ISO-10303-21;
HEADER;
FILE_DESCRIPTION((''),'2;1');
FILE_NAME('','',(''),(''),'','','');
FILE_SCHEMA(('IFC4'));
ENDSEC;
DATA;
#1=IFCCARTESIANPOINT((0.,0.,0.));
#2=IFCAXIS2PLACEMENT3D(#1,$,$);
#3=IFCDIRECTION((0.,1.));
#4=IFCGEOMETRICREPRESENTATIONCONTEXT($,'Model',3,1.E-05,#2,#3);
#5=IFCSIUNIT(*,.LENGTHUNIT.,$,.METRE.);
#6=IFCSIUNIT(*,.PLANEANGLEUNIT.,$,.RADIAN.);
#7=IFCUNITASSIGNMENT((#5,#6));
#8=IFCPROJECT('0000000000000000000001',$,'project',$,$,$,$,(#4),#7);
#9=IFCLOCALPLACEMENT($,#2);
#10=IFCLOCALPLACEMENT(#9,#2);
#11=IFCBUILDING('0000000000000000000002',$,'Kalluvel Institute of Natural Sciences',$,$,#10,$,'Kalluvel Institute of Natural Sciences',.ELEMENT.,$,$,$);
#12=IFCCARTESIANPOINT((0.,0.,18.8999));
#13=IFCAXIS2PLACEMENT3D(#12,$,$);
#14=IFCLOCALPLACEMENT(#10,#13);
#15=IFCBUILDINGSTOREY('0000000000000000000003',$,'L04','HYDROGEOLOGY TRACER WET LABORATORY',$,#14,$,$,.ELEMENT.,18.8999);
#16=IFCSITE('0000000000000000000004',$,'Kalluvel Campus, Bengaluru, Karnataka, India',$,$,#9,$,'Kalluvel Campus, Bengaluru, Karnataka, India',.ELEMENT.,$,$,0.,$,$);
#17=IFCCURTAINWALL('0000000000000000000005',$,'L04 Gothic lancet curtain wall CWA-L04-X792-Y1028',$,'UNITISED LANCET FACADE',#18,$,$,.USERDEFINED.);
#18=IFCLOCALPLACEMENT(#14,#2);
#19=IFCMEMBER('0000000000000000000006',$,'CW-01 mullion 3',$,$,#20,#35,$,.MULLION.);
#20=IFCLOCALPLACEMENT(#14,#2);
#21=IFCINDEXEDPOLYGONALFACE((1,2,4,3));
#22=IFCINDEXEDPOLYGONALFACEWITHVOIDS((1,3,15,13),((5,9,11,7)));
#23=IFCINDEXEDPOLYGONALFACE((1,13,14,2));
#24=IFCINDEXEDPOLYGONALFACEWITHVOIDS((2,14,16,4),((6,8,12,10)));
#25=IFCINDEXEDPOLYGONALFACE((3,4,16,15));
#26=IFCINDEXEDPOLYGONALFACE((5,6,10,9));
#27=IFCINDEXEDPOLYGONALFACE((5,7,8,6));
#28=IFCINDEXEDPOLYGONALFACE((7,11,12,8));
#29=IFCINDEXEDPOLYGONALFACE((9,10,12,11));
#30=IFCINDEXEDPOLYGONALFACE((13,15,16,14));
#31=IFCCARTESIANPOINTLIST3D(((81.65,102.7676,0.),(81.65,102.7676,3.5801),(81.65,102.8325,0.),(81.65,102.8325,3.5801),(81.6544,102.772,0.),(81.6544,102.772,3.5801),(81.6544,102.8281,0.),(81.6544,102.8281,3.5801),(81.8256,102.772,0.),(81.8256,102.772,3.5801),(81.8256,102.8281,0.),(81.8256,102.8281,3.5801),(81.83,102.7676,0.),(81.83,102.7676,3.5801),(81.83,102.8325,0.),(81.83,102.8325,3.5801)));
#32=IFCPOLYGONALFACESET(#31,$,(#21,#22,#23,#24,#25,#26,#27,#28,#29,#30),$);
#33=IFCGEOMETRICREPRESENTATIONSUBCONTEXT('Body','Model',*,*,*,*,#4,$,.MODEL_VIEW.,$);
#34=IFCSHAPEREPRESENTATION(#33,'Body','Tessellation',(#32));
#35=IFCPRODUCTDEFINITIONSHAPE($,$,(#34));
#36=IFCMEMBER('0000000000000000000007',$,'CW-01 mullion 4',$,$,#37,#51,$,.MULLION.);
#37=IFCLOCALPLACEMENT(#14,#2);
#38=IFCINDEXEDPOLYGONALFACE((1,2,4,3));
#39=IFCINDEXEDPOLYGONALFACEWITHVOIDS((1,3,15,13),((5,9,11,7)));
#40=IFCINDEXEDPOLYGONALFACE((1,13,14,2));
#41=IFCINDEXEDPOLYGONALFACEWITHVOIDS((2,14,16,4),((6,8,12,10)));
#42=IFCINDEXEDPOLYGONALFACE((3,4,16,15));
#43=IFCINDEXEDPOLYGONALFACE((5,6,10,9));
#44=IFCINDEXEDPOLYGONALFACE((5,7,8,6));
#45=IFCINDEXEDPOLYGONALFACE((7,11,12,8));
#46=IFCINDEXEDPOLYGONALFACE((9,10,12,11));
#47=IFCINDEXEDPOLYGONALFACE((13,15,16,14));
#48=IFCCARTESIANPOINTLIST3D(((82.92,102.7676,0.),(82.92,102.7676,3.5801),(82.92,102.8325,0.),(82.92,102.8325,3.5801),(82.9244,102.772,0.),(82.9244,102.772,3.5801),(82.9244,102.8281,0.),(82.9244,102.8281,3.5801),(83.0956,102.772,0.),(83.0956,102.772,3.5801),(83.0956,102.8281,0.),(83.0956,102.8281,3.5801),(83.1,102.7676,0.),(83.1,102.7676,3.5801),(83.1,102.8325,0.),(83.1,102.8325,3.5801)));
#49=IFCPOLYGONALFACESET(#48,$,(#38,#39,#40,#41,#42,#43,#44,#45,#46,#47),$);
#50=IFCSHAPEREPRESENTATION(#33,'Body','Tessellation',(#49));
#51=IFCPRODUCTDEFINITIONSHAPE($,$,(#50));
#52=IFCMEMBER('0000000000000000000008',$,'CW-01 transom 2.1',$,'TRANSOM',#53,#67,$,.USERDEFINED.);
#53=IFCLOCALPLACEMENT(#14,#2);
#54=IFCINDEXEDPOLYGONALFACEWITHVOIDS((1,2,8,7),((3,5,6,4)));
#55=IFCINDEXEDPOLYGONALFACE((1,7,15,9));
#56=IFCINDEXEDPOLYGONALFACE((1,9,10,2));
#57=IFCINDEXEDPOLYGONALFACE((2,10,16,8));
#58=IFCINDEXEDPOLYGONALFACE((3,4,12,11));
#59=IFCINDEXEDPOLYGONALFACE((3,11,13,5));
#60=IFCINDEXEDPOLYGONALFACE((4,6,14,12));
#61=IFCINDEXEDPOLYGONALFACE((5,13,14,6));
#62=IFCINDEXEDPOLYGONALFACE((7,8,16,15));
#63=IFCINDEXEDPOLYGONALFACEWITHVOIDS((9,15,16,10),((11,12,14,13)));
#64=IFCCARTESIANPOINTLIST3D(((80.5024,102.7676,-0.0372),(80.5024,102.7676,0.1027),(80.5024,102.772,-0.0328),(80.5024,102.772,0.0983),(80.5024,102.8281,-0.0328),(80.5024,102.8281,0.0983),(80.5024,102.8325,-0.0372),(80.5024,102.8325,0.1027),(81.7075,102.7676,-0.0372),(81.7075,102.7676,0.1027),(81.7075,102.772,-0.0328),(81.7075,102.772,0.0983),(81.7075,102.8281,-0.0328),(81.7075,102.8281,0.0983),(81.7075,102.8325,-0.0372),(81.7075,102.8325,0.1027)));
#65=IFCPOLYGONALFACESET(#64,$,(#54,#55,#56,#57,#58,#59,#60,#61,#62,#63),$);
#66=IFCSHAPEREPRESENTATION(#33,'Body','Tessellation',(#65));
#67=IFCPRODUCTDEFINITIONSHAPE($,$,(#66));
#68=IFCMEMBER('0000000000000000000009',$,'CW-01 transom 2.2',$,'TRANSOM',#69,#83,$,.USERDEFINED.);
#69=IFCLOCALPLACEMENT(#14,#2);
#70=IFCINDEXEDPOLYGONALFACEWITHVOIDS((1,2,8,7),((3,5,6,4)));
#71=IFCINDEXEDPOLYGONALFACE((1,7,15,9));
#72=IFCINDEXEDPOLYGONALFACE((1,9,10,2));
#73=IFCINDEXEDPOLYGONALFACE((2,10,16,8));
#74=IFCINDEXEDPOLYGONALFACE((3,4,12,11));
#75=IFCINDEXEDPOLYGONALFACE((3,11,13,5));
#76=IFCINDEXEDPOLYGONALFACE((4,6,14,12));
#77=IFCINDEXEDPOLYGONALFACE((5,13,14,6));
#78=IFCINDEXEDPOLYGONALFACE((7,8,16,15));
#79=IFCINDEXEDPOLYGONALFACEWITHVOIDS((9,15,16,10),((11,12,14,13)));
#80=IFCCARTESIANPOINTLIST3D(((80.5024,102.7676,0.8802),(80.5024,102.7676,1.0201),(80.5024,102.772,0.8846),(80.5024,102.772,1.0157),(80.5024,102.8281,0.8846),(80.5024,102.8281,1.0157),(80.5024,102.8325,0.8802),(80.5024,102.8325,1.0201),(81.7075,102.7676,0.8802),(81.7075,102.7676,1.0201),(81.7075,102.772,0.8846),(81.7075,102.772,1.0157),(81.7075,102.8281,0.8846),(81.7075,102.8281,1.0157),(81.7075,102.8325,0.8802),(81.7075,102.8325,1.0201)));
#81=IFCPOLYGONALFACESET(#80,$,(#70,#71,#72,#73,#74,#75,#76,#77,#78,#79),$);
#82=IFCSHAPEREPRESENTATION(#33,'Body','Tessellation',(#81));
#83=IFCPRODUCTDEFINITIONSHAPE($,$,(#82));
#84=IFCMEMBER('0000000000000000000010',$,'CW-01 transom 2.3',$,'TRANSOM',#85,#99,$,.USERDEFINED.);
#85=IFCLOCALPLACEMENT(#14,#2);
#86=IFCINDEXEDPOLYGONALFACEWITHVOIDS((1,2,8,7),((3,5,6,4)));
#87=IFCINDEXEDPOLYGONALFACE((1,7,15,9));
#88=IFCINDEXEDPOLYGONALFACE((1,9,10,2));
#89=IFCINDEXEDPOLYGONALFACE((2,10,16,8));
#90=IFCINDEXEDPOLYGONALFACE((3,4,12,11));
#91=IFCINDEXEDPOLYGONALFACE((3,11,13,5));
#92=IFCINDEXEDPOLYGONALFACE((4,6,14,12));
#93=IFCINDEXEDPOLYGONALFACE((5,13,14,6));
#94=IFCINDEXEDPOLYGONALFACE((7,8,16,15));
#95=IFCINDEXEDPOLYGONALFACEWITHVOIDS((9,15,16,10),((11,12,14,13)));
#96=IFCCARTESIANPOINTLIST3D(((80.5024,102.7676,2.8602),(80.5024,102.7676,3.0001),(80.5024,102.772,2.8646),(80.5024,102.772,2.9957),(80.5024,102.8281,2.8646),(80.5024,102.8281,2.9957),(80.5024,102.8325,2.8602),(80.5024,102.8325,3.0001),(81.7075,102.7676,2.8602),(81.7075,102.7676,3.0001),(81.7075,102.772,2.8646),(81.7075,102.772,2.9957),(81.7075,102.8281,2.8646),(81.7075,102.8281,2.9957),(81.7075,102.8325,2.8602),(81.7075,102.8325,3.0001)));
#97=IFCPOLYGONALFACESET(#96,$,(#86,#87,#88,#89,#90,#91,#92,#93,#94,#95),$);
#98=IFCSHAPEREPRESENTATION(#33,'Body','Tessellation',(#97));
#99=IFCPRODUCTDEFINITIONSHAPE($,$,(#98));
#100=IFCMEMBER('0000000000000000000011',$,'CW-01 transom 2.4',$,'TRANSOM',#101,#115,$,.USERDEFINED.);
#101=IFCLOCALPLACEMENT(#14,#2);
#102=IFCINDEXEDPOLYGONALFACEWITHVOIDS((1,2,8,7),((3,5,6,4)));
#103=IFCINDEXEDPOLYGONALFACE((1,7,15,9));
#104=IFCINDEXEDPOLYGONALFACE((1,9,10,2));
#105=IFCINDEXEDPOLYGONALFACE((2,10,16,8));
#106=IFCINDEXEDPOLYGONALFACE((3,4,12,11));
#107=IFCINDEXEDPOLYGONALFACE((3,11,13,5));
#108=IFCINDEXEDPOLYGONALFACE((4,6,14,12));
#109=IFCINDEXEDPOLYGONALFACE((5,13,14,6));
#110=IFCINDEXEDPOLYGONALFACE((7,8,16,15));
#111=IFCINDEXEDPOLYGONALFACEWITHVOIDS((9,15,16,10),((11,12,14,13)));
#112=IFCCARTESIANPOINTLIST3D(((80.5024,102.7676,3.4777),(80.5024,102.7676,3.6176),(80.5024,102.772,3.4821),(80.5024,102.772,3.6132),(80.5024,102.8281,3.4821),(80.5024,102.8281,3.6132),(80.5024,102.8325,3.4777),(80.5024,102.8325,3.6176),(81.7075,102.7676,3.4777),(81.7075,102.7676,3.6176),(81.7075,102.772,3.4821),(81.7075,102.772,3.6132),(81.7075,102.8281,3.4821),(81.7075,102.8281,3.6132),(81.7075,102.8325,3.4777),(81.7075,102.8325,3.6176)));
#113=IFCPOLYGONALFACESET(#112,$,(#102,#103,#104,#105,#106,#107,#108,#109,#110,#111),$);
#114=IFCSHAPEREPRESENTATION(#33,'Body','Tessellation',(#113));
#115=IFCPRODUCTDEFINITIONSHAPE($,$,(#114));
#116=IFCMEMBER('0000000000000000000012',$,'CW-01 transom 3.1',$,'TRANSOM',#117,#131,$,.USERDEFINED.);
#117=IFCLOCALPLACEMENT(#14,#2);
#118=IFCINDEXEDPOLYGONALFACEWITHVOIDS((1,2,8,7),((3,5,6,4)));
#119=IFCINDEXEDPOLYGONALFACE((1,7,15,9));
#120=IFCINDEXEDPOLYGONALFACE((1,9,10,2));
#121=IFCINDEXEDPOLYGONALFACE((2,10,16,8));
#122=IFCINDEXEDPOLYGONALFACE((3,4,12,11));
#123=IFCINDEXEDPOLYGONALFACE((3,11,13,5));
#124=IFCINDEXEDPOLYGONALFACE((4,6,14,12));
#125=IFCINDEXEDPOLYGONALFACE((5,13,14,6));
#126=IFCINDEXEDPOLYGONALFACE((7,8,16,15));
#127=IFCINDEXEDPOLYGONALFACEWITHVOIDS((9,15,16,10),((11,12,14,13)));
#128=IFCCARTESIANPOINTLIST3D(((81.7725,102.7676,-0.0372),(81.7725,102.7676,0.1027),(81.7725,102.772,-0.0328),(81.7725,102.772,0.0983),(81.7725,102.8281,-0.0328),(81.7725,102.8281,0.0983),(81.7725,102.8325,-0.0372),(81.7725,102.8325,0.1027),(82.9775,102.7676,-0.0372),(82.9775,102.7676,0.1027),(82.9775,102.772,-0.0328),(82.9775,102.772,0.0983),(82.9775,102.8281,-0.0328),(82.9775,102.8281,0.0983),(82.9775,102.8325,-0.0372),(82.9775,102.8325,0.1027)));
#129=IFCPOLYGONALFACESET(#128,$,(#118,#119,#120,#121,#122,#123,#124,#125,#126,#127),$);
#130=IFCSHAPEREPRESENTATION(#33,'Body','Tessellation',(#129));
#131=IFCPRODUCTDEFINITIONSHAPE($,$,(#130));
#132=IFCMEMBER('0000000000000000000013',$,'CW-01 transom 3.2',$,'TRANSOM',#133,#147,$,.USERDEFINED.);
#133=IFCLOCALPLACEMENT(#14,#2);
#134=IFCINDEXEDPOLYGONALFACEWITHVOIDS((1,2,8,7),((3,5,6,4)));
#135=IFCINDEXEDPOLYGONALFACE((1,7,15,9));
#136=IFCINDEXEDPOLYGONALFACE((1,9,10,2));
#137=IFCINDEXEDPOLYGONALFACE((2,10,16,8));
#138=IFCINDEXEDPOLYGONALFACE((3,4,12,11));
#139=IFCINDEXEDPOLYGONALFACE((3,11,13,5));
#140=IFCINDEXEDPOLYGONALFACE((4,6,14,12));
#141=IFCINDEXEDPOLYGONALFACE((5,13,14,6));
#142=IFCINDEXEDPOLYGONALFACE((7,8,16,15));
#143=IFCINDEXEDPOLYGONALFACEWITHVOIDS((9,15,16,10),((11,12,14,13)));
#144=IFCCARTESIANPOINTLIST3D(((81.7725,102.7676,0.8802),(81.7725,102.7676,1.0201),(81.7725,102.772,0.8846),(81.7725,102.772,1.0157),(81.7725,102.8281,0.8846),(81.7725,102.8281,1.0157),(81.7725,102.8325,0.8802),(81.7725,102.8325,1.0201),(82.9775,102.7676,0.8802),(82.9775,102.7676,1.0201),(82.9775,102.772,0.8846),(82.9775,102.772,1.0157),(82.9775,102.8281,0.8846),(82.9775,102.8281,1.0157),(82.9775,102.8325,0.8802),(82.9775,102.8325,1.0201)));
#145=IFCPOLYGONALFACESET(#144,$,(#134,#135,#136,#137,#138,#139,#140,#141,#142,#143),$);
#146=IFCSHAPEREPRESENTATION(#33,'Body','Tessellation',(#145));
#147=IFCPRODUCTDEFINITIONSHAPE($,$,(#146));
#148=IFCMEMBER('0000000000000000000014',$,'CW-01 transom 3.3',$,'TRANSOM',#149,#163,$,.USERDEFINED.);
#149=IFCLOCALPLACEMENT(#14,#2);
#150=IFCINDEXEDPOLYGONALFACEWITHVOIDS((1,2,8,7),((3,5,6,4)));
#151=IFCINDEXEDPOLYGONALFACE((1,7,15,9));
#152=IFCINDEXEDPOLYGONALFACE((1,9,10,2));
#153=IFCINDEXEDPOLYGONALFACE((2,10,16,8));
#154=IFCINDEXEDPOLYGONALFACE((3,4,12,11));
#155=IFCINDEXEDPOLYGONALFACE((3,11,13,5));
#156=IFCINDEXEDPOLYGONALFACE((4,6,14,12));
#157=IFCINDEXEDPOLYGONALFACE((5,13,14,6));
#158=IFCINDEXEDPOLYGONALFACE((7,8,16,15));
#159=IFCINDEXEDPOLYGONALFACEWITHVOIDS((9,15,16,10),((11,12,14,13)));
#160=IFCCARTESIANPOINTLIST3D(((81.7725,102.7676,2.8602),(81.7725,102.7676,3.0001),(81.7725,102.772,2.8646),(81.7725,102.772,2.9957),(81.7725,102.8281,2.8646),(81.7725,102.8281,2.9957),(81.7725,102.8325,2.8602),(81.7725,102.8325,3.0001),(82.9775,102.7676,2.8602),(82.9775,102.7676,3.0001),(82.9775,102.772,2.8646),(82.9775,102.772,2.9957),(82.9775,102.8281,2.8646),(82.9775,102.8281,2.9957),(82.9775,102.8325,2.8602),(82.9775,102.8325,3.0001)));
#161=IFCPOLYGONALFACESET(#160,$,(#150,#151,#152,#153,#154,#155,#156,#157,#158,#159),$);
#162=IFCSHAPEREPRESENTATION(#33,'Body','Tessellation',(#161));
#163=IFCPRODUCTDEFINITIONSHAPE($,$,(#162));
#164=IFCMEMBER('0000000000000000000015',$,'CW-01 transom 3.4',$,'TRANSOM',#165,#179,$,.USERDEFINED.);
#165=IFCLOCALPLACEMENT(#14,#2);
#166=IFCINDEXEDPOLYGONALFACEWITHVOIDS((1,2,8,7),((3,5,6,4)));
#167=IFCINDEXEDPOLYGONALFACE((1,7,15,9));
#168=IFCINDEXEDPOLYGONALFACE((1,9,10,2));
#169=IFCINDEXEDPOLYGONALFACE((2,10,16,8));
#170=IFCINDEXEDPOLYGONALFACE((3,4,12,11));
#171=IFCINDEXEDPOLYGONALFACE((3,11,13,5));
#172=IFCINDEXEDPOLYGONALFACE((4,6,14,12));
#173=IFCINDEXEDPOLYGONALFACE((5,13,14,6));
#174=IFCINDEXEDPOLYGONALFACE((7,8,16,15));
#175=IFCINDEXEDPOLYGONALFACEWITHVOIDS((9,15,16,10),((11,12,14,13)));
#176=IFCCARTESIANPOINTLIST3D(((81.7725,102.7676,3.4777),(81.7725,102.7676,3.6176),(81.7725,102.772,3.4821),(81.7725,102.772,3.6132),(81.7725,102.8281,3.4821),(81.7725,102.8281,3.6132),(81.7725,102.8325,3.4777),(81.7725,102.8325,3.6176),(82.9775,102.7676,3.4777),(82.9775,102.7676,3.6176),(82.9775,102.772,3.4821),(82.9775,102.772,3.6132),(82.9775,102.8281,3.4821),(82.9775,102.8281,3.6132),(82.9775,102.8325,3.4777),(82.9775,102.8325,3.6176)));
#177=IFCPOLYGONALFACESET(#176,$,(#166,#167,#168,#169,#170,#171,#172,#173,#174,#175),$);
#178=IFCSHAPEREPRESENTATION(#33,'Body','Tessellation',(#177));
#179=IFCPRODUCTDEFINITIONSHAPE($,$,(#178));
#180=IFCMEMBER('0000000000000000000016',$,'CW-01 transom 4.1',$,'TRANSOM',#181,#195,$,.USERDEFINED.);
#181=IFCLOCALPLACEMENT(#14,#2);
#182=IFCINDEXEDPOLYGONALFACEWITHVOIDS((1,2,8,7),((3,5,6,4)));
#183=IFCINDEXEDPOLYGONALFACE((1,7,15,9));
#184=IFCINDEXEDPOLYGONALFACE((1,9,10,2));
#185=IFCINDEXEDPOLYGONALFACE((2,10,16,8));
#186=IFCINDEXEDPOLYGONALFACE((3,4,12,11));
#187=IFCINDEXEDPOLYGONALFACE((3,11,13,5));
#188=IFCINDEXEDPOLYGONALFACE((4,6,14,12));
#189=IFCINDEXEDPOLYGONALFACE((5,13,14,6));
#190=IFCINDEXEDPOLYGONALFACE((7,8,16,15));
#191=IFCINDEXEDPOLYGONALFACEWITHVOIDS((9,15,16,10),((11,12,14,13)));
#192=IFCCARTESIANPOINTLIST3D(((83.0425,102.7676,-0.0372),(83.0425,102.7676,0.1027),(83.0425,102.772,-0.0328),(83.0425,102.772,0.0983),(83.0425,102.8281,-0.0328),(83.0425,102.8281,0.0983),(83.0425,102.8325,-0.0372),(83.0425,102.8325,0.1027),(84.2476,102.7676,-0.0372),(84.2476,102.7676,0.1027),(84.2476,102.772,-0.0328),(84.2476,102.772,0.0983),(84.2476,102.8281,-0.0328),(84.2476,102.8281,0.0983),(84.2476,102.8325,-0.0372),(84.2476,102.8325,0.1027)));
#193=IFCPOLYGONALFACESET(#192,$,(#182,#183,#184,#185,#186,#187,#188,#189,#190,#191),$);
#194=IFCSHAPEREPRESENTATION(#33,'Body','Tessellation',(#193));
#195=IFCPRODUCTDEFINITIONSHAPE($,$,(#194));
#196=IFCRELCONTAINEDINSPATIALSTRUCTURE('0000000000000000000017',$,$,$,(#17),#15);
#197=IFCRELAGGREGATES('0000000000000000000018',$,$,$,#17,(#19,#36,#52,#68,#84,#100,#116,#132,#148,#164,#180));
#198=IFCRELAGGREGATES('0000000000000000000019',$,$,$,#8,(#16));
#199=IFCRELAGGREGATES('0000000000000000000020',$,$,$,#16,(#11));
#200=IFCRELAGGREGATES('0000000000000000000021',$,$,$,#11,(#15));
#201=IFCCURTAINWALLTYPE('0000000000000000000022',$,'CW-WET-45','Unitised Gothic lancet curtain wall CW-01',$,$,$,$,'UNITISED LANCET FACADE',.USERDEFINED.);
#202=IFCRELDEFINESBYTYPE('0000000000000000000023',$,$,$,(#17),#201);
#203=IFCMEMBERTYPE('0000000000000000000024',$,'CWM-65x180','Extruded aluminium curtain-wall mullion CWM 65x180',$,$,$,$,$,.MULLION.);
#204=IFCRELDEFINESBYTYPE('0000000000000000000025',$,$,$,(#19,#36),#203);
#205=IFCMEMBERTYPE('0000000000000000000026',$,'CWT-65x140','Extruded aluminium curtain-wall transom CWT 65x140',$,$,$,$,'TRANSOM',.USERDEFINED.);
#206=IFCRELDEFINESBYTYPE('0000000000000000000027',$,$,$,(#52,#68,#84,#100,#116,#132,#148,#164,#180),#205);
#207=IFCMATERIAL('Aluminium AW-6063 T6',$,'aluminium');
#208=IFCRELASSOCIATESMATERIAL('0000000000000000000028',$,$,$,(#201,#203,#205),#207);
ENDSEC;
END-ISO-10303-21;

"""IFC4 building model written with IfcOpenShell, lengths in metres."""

from ifc_helpers import new_model, si_unit, direction, frame, origin, origin_2d, place, context, subcontext, project, spatial, hollow_rectangle, extrude, material, material_profile, profile_set, type_object, element, aggregate, save


model = new_model("IFC4")

# Units and contexts
model_context = context("Model", 3, precision=1e-05, world=origin(), true_north=direction((0.0, 1.0)))
body_context = subcontext(model_context, "Body", "Model", "MODEL_VIEW")
ifc_project = project(units=[si_unit("LENGTHUNIT", "METRE"), si_unit("PLANEANGLEUNIT", "RADIAN")], contexts=[model_context])

# Site, building, storey
site_placement = place(None, origin())
site = spatial("IfcSite", under=ifc_project, at=site_placement, Name="Kalluvel Campus, Bengaluru, Karnataka, India", LongName="Kalluvel Campus, Bengaluru, Karnataka, India", CompositionType="ELEMENT", RefElevation=0.0)
building_placement = place(site_placement, origin())
building = spatial("IfcBuilding", under=site, at=building_placement, Name="Kalluvel Institute of Natural Sciences", LongName="Kalluvel Institute of Natural Sciences", CompositionType="ELEMENT")
storey_placement = place(building_placement, frame((0.0, 0.0, 18.8999)))
storey = spatial("IfcBuildingStorey", under=building, at=storey_placement, Name="L04", Description="HYDROGEOLOGY TRACER WET LABORATORY", CompositionType="ELEMENT", Elevation=18.8999)

# Curtain wall, members
ifc_material_1 = material(Name="Aluminium AW-6063 T6", Category="aluminium")
curtain_wall_type = type_object("IfcCurtainWallType", Name="CW-WET-45", Description="Unitised Gothic lancet curtain wall CW-01", ElementType="UNITISED LANCET FACADE", PredefinedType="USERDEFINED", material=ifc_material_1)
curtain_wall_placement = place(storey_placement, origin())
curtain_wall = element("IfcCurtainWall", 1, at=curtain_wall_placement, inside=storey, type_object=curtain_wall_type, Name="L04 Gothic lancet curtain wall CWA-L04-X792-Y1028", ObjectType="UNITISED LANCET FACADE", PredefinedType="USERDEFINED")
ifc_material_profile_1 = material_profile(ifc_material_1, hollow_rectangle(XDim=0.0649, YDim=0.1799, WallThickness=0.0044, at=origin_2d()), Name="CWM 65x180")
ifc_profile_set_1 = profile_set([ifc_material_profile_1], Name="Aluminium AW-6063 T6")
member_type_1 = type_object("IfcMemberType", Name="CWM-65x180", Description="Extruded aluminium curtain-wall mullion CWM 65x180", PredefinedType="MULLION", material=ifc_profile_set_1)
member_1_placement = place(storey_placement, frame((81.74, 102.8, 0.0), z_axis=(0.0, 0.0, 1.0), x_axis=(0.0, 1.0, 0.0)))
member_1 = element("IfcMember", 2, at=member_1_placement, type_object=member_type_1, Name="CW-01 mullion 3", PredefinedType="MULLION", context=body_context, shape_type="SweptSolid", body=[
    extrude(hollow_rectangle(XDim=0.0649, YDim=0.1799, WallThickness=0.0044, at=origin_2d()), origin(), (0.0, 0.0, 1.0), 3.5801),
])
member_2_placement = place(storey_placement, frame((83.01, 102.8, 0.0), z_axis=(0.0, 0.0, 1.0), x_axis=(0.0, 1.0, 0.0)))
member_2 = element("IfcMember", 3, at=member_2_placement, type_object=member_type_1, Name="CW-01 mullion 4", PredefinedType="MULLION", context=body_context, shape_type="SweptSolid", body=[
    extrude(hollow_rectangle(XDim=0.0649, YDim=0.1799, WallThickness=0.0044, at=origin_2d()), origin(), (0.0, 0.0, 1.0), 3.5801),
])
ifc_material_profile_2 = material_profile(ifc_material_1, hollow_rectangle(XDim=0.0649, YDim=0.1399, WallThickness=0.0044, at=origin_2d()), Name="CWT 65x140")
ifc_profile_set_2 = profile_set([ifc_material_profile_2], Name="Aluminium AW-6063 T6")
member_type_2 = type_object("IfcMemberType", Name="CWT-65x140", Description="Extruded aluminium curtain-wall transom CWT 65x140", ElementType="TRANSOM", PredefinedType="USERDEFINED", material=ifc_profile_set_2)
member_3_placement = place(storey_placement, frame((80.5024, 102.8, 0.0327), z_axis=(1.0, 0.0, 0.0), x_axis=(0.0, 1.0, 0.0)))
member_3 = element("IfcMember", 4, at=member_3_placement, type_object=member_type_2, Name="CW-01 transom 2.1", ObjectType="TRANSOM", PredefinedType="USERDEFINED", context=body_context, shape_type="SweptSolid", body=[
    extrude(hollow_rectangle(XDim=0.0649, YDim=0.1399, WallThickness=0.0044, at=origin_2d()), origin(), (0.0, 0.0, 1.0), 1.2051),
])
member_4_placement = place(storey_placement, frame((80.5024, 102.8, 0.9502), z_axis=(1.0, 0.0, 0.0), x_axis=(0.0, 1.0, 0.0)))
member_4 = element("IfcMember", 5, at=member_4_placement, type_object=member_type_2, Name="CW-01 transom 2.2", ObjectType="TRANSOM", PredefinedType="USERDEFINED", context=body_context, shape_type="SweptSolid", body=[
    extrude(hollow_rectangle(XDim=0.0649, YDim=0.1399, WallThickness=0.0044, at=origin_2d()), origin(), (0.0, 0.0, 1.0), 1.2051),
])
member_5_placement = place(storey_placement, frame((80.5024, 102.8, 2.9302), z_axis=(1.0, 0.0, 0.0), x_axis=(0.0, 1.0, 0.0)))
member_5 = element("IfcMember", 6, at=member_5_placement, type_object=member_type_2, Name="CW-01 transom 2.3", ObjectType="TRANSOM", PredefinedType="USERDEFINED", context=body_context, shape_type="SweptSolid", body=[
    extrude(hollow_rectangle(XDim=0.0649, YDim=0.1399, WallThickness=0.0044, at=origin_2d()), origin(), (0.0, 0.0, 1.0), 1.2051),
])
member_6_placement = place(storey_placement, frame((80.5024, 102.8, 3.5476), z_axis=(1.0, 0.0, 0.0), x_axis=(0.0, 1.0, 0.0)))
member_6 = element("IfcMember", 7, at=member_6_placement, type_object=member_type_2, Name="CW-01 transom 2.4", ObjectType="TRANSOM", PredefinedType="USERDEFINED", context=body_context, shape_type="SweptSolid", body=[
    extrude(hollow_rectangle(XDim=0.0649, YDim=0.1399, WallThickness=0.0044, at=origin_2d()), origin(), (0.0, 0.0, 1.0), 1.2051),
])
member_7_placement = place(storey_placement, frame((81.7725, 102.8, 0.0327), z_axis=(1.0, 0.0, 0.0), x_axis=(0.0, 1.0, 0.0)))
member_7 = element("IfcMember", 8, at=member_7_placement, type_object=member_type_2, Name="CW-01 transom 3.1", ObjectType="TRANSOM", PredefinedType="USERDEFINED", context=body_context, shape_type="SweptSolid", body=[
    extrude(hollow_rectangle(XDim=0.0649, YDim=0.1399, WallThickness=0.0044, at=origin_2d()), origin(), (0.0, 0.0, 1.0), 1.2051),
])
member_8_placement = place(storey_placement, frame((81.7725, 102.8, 0.9502), z_axis=(1.0, 0.0, 0.0), x_axis=(0.0, 1.0, 0.0)))
member_8 = element("IfcMember", 9, at=member_8_placement, type_object=member_type_2, Name="CW-01 transom 3.2", ObjectType="TRANSOM", PredefinedType="USERDEFINED", context=body_context, shape_type="SweptSolid", body=[
    extrude(hollow_rectangle(XDim=0.0649, YDim=0.1399, WallThickness=0.0044, at=origin_2d()), origin(), (0.0, 0.0, 1.0), 1.2051),
])
member_9_placement = place(storey_placement, frame((81.7725, 102.8, 2.9302), z_axis=(1.0, 0.0, 0.0), x_axis=(0.0, 1.0, 0.0)))
member_9 = element("IfcMember", 10, at=member_9_placement, type_object=member_type_2, Name="CW-01 transom 3.3", ObjectType="TRANSOM", PredefinedType="USERDEFINED", context=body_context, shape_type="SweptSolid", body=[
    extrude(hollow_rectangle(XDim=0.0649, YDim=0.1399, WallThickness=0.0044, at=origin_2d()), origin(), (0.0, 0.0, 1.0), 1.2051),
])
member_10_placement = place(storey_placement, frame((81.7725, 102.8, 3.5476), z_axis=(1.0, 0.0, 0.0), x_axis=(0.0, 1.0, 0.0)))
member_10 = element("IfcMember", 11, at=member_10_placement, type_object=member_type_2, Name="CW-01 transom 3.4", ObjectType="TRANSOM", PredefinedType="USERDEFINED", context=body_context, shape_type="SweptSolid", body=[
    extrude(hollow_rectangle(XDim=0.0649, YDim=0.1399, WallThickness=0.0044, at=origin_2d()), origin(), (0.0, 0.0, 1.0), 1.2051),
])
member_11_placement = place(storey_placement, frame((83.0425, 102.8, 0.0327), z_axis=(1.0, 0.0, 0.0), x_axis=(0.0, 1.0, 0.0)))
member_11 = element("IfcMember", 12, at=member_11_placement, type_object=member_type_2, Name="CW-01 transom 4.1", ObjectType="TRANSOM", PredefinedType="USERDEFINED", context=body_context, shape_type="SweptSolid", body=[
    extrude(hollow_rectangle(XDim=0.0649, YDim=0.1399, WallThickness=0.0044, at=origin_2d()), origin(), (0.0, 0.0, 1.0), 1.2051),
])
aggregate(curtain_wall, [member_1, member_2, member_3, member_4, member_5, member_6, member_7, member_8, member_9, member_10, member_11])

save(model, "model.ifc")
